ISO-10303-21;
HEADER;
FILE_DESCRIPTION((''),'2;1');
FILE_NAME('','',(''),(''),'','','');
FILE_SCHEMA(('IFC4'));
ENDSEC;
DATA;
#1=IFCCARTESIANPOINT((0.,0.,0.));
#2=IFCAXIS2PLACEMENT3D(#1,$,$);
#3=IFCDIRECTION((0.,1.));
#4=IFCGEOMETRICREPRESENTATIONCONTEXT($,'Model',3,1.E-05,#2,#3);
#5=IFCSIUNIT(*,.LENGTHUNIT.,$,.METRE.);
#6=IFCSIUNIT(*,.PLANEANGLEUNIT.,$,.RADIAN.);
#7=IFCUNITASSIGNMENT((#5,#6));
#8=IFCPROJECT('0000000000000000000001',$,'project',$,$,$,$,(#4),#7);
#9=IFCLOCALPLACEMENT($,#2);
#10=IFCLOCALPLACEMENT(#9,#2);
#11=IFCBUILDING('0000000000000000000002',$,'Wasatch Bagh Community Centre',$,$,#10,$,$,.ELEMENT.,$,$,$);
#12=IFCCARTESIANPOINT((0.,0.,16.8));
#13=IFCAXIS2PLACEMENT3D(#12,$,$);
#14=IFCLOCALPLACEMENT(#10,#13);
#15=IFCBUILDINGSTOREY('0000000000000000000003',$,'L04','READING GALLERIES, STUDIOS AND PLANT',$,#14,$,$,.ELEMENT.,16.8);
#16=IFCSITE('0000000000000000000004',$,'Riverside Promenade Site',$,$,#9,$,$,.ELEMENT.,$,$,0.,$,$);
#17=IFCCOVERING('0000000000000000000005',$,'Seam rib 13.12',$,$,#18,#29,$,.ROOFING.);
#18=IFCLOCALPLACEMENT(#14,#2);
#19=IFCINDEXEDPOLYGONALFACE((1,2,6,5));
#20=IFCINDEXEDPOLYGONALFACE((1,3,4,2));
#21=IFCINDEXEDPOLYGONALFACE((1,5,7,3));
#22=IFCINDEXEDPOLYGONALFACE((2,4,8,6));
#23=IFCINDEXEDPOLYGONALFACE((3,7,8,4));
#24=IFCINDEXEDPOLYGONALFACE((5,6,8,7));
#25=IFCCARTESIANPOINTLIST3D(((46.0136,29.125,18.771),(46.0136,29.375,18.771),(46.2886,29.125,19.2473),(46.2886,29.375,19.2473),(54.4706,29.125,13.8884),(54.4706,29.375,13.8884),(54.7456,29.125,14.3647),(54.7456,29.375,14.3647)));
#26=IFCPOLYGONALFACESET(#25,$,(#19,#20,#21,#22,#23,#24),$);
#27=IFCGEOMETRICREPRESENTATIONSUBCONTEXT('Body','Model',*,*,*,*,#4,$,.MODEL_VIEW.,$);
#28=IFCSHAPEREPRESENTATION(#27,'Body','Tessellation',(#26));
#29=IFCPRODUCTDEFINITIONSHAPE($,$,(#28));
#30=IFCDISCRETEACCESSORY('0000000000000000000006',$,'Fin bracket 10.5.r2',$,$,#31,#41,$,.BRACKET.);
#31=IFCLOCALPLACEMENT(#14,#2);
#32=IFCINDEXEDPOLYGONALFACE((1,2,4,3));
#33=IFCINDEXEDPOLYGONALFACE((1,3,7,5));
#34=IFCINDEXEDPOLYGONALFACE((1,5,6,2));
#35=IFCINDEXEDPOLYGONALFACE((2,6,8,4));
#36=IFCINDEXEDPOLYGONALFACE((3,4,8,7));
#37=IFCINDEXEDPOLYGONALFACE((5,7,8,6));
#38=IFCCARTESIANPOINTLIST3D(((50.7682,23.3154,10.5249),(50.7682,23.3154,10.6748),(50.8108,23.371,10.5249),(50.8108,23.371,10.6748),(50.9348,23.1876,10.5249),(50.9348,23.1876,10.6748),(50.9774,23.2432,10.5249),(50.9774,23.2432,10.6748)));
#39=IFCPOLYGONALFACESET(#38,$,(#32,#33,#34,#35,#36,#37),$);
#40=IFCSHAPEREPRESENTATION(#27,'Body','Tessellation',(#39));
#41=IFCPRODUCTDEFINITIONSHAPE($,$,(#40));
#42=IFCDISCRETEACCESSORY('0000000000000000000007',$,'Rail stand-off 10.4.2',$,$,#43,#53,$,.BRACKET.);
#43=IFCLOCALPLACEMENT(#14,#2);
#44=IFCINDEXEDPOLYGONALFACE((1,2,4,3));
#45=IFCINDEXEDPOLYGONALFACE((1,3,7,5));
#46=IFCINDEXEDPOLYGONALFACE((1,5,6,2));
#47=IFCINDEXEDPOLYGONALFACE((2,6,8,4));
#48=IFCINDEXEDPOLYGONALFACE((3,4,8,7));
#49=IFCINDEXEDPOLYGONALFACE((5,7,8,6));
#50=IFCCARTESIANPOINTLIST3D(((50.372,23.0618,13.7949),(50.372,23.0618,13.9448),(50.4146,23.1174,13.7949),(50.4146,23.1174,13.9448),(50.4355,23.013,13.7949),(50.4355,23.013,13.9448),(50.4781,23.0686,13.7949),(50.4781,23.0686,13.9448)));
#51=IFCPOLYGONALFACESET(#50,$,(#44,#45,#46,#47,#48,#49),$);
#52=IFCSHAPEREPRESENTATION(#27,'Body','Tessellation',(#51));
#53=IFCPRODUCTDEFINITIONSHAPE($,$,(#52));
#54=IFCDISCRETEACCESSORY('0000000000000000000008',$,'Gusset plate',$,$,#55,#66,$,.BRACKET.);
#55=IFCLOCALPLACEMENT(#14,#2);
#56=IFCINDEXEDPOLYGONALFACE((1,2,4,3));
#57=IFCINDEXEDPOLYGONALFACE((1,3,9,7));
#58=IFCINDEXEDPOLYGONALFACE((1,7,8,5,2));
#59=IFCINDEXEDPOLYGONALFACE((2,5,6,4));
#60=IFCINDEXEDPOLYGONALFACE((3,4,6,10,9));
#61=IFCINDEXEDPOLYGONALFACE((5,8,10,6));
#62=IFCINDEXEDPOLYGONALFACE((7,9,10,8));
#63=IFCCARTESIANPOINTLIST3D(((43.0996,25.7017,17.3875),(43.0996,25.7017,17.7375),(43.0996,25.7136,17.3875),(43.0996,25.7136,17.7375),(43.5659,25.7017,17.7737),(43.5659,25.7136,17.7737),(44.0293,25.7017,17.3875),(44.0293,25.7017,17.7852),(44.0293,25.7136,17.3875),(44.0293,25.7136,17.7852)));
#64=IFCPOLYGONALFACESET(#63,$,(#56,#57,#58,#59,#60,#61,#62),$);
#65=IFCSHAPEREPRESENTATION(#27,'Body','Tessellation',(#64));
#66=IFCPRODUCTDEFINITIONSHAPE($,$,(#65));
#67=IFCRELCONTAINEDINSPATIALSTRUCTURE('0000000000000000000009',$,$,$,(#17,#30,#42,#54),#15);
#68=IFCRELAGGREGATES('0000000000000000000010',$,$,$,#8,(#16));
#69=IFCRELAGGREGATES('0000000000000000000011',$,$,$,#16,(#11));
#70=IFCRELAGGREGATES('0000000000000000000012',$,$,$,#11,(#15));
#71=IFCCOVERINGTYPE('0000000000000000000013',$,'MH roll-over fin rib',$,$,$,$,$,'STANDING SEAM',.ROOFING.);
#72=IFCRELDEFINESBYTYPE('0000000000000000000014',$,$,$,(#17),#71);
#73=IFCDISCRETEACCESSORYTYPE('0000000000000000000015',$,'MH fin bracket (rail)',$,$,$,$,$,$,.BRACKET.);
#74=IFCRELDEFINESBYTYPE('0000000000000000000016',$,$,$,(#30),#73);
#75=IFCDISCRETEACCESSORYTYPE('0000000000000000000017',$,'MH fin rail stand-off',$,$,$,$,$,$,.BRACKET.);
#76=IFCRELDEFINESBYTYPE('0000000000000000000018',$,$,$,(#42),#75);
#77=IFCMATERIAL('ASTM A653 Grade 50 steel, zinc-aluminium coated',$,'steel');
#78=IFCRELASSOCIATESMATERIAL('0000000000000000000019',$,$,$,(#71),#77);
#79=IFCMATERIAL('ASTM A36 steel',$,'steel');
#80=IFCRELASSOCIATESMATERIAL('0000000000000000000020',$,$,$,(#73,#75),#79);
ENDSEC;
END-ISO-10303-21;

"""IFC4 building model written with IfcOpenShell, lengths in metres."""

from ifc_helpers import new_model, si_unit, direction, frame, origin, origin_2d, place, context, subcontext, project, spatial, polyline, rectangle, outline, extrude, material, type_object, element, save


model = new_model("IFC4")

# Units and contexts
model_context = context("Model", 3, precision=1e-05, world=origin(), true_north=direction((0.0, 1.0)))
body_context = subcontext(model_context, "Body", "Model", "MODEL_VIEW")
ifc_project = project(units=[si_unit("LENGTHUNIT", "METRE"), si_unit("PLANEANGLEUNIT", "RADIAN")], contexts=[model_context])

# Site, building, storey
site_placement = place(None, origin())
site = spatial("IfcSite", under=ifc_project, at=site_placement, Name="Riverside Promenade Site", CompositionType="ELEMENT", RefElevation=0.0)
building_placement = place(site_placement, origin())
building = spatial("IfcBuilding", under=site, at=building_placement, Name="Wasatch Bagh Community Centre", CompositionType="ELEMENT")
storey_placement = place(building_placement, frame((0.0, 0.0, 16.8)))
storey = spatial("IfcBuildingStorey", under=building, at=storey_placement, Name="L04", Description="READING GALLERIES, STUDIOS AND PLANT", CompositionType="ELEMENT", Elevation=16.8)

# Covering
ifc_material_1 = material(Name="ASTM A653 Grade 50 steel, zinc-aluminium coated", Category="steel")
covering_type = type_object("IfcCoveringType", Name="MH roll-over fin rib", ElementType="STANDING SEAM", PredefinedType="ROOFING", material=ifc_material_1)
for number, where, z_axis, x_axis, name in (
    (1, (46.2886, 29.125, 19.2473), (0.499992, 0.0, 0.86603), (0.86603, 0.0, -0.499992), "Seam rib 13.12"),
):
    element("IfcCovering", number, at=place(storey_placement, frame(where, z_axis=z_axis, x_axis=x_axis)), inside=storey, type_object=covering_type, Name=name, PredefinedType="ROOFING", context=body_context, shape_type="SweptSolid", body=[
        extrude(outline(polyline([(0.0, 0.0), (9.7653, 0.0), (9.7653, 0.25), (0.0, 0.25), (0.0, 0.0)])), origin(), (0.0, 0.0, -1.0), 0.55),
    ])

# Discrete accessories
ifc_material_2 = material(Name="ASTM A36 steel", Category="steel")
discrete_accessory_type_1 = type_object("IfcDiscreteAccessoryType", Name="MH fin bracket (rail)", PredefinedType="BRACKET", material=ifc_material_2)
discrete_accessory_1_placement = place(storey_placement, frame((50.8728, 23.2793, 10.5249), z_axis=(0.0, 0.0, 1.0), x_axis=(0.608761, 0.793353, 0.0)))
element("IfcDiscreteAccessory", 2, at=discrete_accessory_1_placement, inside=storey, type_object=discrete_accessory_type_1, Name="Fin bracket 10.5.r2", PredefinedType="BRACKET", context=body_context, shape_type="SweptSolid", body=[
    extrude(rectangle(XDim=0.0701, YDim=0.21, at=origin_2d()), origin(), (0.0, 0.0, 1.0), 0.1499),
])
discrete_accessory_type_2 = type_object("IfcDiscreteAccessoryType", Name="MH fin rail stand-off", PredefinedType="BRACKET", material=ifc_material_2)
discrete_accessory_2_placement = place(storey_placement, frame((50.425, 23.0652, 13.7949), z_axis=(0.0, 0.0, 1.0), x_axis=(0.608761, 0.793353, 0.0)))
element("IfcDiscreteAccessory", 3, at=discrete_accessory_2_placement, inside=storey, type_object=discrete_accessory_type_2, Name="Rail stand-off 10.4.2", PredefinedType="BRACKET", context=body_context, shape_type="SweptSolid", body=[
    extrude(rectangle(XDim=0.0701, YDim=0.0801, at=origin_2d()), origin(), (0.0, 0.0, 1.0), 0.1499),
])
discrete_accessory_3_placement = place(storey_placement, frame((43.0996, 25.7136, 17.7375), z_axis=(0.0, 1.0, 0.0), x_axis=(0.997011, 0.0, 0.077255)))
element("IfcDiscreteAccessory", 4, at=discrete_accessory_3_placement, inside=storey, Name="Gusset plate", PredefinedType="BRACKET", context=body_context, shape_type="SweptSolid", body=[
    extrude(outline(polyline([(0.0, 0.0), (0.4677, 0.0), (0.9306, 0.0244), (0.8999, 0.4209), (-0.027, 0.3491), (0.0, 0.0)])), origin(), (0.0, 0.0, -1.0), 0.012),
])

save(model, "model.ifc")
